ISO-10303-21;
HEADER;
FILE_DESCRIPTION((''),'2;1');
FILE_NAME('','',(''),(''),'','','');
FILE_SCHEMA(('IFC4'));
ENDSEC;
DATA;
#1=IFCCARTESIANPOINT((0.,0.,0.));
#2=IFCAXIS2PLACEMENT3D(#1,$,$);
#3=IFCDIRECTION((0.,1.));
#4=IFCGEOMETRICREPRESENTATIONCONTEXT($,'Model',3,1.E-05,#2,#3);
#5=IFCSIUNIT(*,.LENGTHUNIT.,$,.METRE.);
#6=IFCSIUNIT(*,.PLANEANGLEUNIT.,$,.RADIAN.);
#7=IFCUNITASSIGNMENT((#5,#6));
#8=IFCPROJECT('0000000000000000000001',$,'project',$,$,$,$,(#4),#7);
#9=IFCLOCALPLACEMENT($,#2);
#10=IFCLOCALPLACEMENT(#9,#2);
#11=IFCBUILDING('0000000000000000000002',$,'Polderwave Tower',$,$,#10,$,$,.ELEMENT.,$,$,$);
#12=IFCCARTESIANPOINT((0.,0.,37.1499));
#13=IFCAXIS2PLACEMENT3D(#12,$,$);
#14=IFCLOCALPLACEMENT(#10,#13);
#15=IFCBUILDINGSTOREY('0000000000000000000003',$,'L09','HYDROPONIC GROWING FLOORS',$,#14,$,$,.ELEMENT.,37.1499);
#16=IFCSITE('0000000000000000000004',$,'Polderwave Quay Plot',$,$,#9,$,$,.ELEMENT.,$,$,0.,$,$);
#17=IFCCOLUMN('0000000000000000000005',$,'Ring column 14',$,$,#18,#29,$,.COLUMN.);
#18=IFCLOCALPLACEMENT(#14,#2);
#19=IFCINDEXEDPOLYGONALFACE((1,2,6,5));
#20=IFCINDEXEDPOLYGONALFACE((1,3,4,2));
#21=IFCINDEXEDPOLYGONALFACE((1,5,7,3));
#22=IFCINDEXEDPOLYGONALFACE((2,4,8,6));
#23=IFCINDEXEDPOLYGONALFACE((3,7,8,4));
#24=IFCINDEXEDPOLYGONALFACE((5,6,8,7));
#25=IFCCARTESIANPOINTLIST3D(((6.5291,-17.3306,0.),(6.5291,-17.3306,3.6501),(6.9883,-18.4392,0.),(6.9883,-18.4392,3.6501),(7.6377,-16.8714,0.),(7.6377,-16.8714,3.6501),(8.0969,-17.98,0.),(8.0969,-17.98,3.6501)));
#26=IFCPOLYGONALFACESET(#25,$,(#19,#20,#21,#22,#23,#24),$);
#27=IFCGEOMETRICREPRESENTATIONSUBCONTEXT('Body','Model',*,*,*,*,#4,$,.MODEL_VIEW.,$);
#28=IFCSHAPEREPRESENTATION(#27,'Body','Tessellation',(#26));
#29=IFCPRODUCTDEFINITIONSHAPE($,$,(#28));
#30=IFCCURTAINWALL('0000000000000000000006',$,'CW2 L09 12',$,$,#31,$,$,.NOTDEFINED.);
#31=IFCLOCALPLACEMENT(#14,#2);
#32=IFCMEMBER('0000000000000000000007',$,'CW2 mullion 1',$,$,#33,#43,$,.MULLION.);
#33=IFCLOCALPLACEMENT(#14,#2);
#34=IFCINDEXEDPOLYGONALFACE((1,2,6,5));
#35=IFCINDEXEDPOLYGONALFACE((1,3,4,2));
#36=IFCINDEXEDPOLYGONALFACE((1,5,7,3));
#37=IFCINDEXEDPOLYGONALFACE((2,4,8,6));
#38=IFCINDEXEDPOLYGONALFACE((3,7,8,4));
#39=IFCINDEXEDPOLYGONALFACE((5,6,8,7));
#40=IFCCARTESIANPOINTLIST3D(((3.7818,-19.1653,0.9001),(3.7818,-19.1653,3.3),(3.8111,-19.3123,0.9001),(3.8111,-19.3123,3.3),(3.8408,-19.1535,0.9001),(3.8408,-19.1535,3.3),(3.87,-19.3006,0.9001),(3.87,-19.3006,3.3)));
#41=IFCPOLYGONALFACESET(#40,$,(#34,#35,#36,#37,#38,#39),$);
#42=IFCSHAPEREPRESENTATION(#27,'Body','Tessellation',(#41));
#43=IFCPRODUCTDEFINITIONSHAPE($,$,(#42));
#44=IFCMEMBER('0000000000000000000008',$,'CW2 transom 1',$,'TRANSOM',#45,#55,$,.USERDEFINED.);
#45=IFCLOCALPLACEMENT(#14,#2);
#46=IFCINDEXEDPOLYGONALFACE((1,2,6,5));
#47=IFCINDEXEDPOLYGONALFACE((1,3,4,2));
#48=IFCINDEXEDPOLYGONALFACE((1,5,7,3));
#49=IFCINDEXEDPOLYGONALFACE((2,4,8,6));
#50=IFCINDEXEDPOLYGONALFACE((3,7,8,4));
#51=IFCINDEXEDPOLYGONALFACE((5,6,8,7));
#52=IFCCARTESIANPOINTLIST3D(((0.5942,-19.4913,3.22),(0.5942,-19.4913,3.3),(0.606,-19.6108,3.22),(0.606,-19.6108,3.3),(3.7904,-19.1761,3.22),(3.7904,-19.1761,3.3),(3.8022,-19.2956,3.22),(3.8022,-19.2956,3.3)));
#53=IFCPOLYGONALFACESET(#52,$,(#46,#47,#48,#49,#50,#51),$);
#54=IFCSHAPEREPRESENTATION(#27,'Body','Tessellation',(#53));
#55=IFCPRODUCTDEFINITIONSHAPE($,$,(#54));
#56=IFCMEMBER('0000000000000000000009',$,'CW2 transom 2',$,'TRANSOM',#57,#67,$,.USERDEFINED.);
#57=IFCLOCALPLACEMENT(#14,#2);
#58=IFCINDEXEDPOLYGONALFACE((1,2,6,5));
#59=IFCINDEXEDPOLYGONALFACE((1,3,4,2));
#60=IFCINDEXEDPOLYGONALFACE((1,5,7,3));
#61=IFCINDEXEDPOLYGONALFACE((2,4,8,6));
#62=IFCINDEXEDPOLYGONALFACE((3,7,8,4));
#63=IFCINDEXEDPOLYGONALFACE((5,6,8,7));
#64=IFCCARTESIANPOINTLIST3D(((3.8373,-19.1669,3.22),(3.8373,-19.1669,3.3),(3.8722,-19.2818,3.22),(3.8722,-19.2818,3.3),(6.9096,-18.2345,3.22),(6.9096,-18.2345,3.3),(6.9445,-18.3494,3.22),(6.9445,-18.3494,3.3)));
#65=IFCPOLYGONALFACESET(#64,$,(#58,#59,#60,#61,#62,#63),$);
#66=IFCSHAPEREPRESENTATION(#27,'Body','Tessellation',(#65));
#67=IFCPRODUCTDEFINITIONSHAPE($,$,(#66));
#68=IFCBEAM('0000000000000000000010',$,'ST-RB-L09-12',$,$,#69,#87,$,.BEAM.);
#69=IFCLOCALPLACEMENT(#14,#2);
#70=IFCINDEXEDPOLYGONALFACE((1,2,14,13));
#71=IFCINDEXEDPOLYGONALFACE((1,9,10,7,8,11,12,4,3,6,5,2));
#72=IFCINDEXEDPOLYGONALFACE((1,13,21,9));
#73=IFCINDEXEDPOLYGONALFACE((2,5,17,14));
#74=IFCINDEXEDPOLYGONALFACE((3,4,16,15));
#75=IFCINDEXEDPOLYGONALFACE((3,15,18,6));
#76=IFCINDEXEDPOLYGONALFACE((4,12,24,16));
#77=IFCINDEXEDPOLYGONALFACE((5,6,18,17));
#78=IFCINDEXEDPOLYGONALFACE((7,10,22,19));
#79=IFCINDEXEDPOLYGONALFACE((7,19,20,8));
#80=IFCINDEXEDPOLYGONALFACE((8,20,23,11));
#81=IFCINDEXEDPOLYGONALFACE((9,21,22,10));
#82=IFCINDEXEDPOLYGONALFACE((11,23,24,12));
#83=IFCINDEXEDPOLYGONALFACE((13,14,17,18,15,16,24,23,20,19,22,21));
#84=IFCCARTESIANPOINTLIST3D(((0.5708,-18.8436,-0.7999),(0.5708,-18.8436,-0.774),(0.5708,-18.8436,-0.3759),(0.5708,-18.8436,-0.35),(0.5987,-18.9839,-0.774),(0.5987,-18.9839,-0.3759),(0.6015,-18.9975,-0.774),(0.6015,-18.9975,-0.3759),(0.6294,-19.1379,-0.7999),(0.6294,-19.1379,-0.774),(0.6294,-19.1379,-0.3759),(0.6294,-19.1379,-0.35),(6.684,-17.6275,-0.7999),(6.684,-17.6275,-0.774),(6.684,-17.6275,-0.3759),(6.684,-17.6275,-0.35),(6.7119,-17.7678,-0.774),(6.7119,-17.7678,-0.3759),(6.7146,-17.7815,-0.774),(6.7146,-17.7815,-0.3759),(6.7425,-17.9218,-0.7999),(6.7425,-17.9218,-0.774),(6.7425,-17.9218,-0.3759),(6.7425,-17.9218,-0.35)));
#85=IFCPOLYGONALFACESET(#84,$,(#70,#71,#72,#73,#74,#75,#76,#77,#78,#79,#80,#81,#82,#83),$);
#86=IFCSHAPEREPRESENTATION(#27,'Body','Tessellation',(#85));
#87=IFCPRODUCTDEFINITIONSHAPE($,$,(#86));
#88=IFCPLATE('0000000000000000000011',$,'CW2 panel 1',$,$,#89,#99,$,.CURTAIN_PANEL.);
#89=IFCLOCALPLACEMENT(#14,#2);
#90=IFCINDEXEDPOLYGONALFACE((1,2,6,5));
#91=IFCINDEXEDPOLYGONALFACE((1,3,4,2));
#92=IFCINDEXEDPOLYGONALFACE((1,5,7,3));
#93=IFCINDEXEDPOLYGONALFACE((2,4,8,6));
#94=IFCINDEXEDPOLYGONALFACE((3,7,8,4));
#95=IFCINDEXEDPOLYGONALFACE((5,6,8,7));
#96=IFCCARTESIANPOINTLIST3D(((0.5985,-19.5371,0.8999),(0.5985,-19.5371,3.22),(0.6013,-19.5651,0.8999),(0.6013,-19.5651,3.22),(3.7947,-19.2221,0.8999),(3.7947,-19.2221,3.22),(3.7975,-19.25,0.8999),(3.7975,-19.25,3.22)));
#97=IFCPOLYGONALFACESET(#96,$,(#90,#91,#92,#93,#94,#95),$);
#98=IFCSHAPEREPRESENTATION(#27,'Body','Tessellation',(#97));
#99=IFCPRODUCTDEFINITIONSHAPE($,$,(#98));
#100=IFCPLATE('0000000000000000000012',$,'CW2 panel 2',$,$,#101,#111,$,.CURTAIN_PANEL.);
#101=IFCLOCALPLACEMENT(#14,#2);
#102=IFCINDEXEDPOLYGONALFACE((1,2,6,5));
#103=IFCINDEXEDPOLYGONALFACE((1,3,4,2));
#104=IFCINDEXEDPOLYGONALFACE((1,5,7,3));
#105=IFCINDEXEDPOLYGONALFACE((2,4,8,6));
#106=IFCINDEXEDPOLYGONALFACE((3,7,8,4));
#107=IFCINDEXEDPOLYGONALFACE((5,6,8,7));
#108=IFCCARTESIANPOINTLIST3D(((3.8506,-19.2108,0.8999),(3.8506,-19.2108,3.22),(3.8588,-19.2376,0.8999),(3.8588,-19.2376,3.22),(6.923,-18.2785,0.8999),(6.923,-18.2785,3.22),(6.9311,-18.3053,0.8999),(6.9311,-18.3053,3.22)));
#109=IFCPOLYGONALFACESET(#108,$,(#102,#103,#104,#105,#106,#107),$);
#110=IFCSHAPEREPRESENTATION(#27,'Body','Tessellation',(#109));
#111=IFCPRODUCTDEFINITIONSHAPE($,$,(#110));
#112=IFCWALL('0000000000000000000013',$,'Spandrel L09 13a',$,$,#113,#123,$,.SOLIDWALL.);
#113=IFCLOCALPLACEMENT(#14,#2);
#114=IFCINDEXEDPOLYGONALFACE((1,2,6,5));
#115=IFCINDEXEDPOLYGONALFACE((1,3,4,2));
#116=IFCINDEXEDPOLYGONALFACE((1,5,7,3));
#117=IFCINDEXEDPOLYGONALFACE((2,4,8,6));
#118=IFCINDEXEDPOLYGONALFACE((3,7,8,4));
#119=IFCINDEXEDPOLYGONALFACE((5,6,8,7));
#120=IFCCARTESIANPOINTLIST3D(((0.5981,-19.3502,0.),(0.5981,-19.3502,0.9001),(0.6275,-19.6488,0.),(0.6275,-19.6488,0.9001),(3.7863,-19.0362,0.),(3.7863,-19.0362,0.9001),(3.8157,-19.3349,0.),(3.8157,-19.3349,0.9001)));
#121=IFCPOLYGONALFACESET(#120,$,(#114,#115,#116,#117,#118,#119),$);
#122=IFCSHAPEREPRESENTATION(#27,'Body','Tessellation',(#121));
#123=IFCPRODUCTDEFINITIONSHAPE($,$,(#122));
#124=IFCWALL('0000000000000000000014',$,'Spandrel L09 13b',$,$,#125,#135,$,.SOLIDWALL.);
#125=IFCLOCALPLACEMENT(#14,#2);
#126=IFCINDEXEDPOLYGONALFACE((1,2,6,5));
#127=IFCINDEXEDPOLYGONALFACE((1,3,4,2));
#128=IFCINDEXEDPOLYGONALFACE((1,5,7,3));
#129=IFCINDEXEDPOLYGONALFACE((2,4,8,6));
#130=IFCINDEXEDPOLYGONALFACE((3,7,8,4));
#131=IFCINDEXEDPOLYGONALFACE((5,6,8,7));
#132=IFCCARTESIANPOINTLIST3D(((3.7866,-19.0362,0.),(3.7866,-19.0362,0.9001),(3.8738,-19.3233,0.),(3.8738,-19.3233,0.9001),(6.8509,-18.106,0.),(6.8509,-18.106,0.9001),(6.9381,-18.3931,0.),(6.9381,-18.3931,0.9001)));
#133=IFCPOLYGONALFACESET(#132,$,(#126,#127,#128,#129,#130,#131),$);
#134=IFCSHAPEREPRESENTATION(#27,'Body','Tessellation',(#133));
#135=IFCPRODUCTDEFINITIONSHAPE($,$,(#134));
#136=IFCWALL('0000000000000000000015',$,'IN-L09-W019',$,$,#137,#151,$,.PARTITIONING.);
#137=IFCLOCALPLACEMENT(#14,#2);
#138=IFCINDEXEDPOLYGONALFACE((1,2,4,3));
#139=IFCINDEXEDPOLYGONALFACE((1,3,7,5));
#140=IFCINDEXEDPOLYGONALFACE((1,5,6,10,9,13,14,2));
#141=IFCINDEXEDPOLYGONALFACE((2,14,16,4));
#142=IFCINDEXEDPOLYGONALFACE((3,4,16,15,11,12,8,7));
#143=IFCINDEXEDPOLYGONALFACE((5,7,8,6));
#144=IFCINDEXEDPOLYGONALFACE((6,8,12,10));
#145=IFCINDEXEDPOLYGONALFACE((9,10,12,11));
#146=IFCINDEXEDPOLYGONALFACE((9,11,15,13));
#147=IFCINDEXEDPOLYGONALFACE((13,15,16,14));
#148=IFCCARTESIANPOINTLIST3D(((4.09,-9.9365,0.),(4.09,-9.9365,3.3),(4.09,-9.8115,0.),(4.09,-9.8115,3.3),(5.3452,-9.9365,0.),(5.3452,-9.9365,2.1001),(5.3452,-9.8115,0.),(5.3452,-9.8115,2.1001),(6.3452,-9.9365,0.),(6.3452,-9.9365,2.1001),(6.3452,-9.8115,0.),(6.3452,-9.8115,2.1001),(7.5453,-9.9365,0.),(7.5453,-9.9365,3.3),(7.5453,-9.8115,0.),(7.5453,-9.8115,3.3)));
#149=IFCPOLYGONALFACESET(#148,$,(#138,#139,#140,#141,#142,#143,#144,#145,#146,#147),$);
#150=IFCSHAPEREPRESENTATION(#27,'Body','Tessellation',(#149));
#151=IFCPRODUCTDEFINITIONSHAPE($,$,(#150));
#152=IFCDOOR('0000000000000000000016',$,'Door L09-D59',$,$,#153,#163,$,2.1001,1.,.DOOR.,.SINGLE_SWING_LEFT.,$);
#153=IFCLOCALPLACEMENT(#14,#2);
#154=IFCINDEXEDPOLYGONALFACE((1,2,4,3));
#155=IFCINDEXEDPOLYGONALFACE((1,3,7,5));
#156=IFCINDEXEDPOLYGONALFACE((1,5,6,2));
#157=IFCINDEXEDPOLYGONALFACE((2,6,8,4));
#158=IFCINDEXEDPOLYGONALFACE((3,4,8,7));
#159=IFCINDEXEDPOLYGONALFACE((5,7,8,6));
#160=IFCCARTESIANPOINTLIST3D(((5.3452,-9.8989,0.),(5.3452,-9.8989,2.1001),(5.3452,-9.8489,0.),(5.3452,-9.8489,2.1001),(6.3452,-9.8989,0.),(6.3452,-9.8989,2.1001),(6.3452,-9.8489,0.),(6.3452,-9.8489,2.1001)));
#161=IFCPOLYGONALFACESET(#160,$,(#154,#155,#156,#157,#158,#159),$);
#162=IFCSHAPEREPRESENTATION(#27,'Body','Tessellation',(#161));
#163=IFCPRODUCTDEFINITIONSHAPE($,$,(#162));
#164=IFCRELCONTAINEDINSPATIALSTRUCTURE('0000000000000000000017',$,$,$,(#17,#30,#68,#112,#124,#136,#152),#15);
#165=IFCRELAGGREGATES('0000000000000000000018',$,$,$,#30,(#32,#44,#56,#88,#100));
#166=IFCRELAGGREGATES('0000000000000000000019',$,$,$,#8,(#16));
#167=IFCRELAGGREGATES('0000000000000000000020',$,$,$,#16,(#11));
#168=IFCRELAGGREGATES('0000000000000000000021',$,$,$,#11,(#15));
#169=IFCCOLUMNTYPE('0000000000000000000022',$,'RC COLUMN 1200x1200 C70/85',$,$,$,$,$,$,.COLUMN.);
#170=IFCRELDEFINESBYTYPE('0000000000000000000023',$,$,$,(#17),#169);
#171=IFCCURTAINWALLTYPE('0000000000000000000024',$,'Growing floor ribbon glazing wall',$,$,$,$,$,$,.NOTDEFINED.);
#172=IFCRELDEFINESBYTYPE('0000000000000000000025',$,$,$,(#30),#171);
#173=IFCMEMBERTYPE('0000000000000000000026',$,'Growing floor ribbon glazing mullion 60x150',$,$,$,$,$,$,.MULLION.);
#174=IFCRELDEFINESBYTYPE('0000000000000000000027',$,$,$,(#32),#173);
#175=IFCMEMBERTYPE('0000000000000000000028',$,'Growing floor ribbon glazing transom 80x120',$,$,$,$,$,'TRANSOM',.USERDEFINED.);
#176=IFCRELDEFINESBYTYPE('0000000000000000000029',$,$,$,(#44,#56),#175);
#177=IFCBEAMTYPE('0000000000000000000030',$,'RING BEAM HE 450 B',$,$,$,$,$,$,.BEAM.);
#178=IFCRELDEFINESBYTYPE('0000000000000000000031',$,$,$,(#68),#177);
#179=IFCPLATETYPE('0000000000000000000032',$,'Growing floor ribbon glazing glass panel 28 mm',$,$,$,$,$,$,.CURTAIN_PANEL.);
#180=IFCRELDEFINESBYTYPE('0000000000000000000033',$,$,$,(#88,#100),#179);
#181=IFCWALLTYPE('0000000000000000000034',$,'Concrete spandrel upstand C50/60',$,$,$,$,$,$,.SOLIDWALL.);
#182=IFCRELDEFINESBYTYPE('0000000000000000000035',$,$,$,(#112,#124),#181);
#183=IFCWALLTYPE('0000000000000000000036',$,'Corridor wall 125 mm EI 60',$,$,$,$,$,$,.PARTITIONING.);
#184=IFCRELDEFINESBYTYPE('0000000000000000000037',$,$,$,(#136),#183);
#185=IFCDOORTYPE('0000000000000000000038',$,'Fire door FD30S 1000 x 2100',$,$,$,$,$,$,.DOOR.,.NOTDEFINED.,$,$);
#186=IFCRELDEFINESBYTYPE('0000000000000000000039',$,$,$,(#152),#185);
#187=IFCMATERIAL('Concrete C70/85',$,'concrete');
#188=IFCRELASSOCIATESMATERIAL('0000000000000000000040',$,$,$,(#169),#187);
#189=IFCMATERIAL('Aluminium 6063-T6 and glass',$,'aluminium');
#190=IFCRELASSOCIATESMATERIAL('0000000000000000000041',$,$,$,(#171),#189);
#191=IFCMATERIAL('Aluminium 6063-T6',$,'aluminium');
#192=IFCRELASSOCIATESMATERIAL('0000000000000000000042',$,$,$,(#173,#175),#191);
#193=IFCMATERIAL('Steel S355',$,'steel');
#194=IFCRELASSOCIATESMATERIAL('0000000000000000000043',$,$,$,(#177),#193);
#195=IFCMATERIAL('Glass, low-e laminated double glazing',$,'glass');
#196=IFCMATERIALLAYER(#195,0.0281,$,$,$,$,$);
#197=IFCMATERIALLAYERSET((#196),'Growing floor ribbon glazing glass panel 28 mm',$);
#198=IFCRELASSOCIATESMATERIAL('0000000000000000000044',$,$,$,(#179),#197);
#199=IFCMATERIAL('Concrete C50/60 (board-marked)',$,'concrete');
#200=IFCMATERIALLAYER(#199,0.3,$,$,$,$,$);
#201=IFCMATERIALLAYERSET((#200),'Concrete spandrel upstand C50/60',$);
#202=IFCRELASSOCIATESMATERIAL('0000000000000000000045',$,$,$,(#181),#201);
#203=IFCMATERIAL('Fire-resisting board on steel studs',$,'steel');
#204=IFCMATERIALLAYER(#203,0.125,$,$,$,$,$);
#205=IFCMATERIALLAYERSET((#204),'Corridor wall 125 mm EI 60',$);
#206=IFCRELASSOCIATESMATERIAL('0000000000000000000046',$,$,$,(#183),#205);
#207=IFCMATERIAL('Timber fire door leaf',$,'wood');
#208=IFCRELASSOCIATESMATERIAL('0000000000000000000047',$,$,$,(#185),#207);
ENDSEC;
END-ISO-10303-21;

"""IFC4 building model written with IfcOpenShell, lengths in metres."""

from ifc_helpers import new_model, si_unit, direction, frame, frame_2d, origin, origin_2d, place, context, subcontext, project, spatial, rectangle, i_section, extrude, material, layer, layer_set, material_profile, profile_set, type_object, element, fill, aggregate, save


model = new_model("IFC4")

# Units and contexts
model_context = context("Model", 3, precision=1e-05, world=origin(), true_north=direction((0.0, 1.0)))
body_context = subcontext(model_context, "Body", "Model", "MODEL_VIEW")
ifc_project = project(units=[si_unit("LENGTHUNIT", "METRE"), si_unit("PLANEANGLEUNIT", "RADIAN")], contexts=[model_context])

# Site, building, storey
site_placement = place(None, origin())
site = spatial("IfcSite", under=ifc_project, at=site_placement, Name="Polderwave Quay Plot", CompositionType="ELEMENT", RefElevation=0.0)
building_placement = place(site_placement, origin())
building = spatial("IfcBuilding", under=site, at=building_placement, Name="Polderwave Tower", CompositionType="ELEMENT")
storey_placement = place(building_placement, frame((0.0, 0.0, 37.1499)))
storey = spatial("IfcBuildingStorey", under=building, at=storey_placement, Name="L09", Description="HYDROPONIC GROWING FLOORS", CompositionType="ELEMENT", Elevation=37.1499)

# Column
ifc_material_1 = material(Name="Concrete C70/85", Category="concrete")
ifc_material_profile_1 = material_profile(ifc_material_1, rectangle(XDim=1.2, YDim=1.2, at=origin_2d()), Name="RC 1200x1200")
ifc_profile_set_1 = profile_set([ifc_material_profile_1], Name="Concrete C70/85")
column_type = type_object("IfcColumnType", Name="RC COLUMN 1200x1200 C70/85", PredefinedType="COLUMN", material=ifc_profile_set_1)
column_placement = place(storey_placement, frame((7.313, -17.6553, 0.0), z_axis=(0.0, 0.0, 1.0), x_axis=(0.382683, -0.92388, 0.0)))
element("IfcColumn", 1, at=column_placement, inside=storey, type_object=column_type, Name="Ring column 14", PredefinedType="COLUMN", context=body_context, shape_type="SweptSolid", body=[
    extrude(rectangle(XDim=1.2, YDim=1.2, at=origin_2d()), origin(), (0.0, 0.0, 1.0), 3.6501),
])

# Curtain wall, members
ifc_material_2 = material(Name="Aluminium 6063-T6 and glass", Category="aluminium")
curtain_wall_type = type_object("IfcCurtainWallType", Name="Growing floor ribbon glazing wall", PredefinedType="NOTDEFINED", material=ifc_material_2)
curtain_wall_placement = place(storey_placement, origin())
curtain_wall = element("IfcCurtainWall", 2, at=curtain_wall_placement, inside=storey, type_object=curtain_wall_type, Name="CW2 L09 12", PredefinedType="NOTDEFINED")
ifc_material_3 = material(Name="Aluminium 6063-T6", Category="aluminium")
ifc_material_profile_2 = material_profile(ifc_material_3, rectangle(XDim=0.1499, YDim=0.0601, at=origin_2d()), Name="AL 60x150")
ifc_profile_set_2 = profile_set([ifc_material_profile_2], Name="Aluminium 6063-T6")
member_type_1 = type_object("IfcMemberType", Name="Growing floor ribbon glazing mullion 60x150", PredefinedType="MULLION", material=ifc_profile_set_2)
member_1_placement = place(storey_placement, frame((3.8259, -19.2329, 0.9001), z_axis=(0.0, 0.0, 1.0), x_axis=(-0.195178, 0.980768, 0.0)))
member_1 = element("IfcMember", 3, at=member_1_placement, type_object=member_type_1, Name="CW2 mullion 1", PredefinedType="MULLION", context=body_context, shape_type="SweptSolid", body=[
    extrude(rectangle(XDim=0.1499, YDim=0.0601, at=origin_2d()), origin(), (0.0, 0.0, 1.0), 2.3999),
])
ifc_material_profile_3 = material_profile(ifc_material_3, rectangle(XDim=0.1201, YDim=0.0801, at=origin_2d()), Name="AL 80x120")
ifc_profile_set_3 = profile_set([ifc_material_profile_3], Name="Aluminium 6063-T6")
member_type_2 = type_object("IfcMemberType", Name="Growing floor ribbon glazing transom 80x120", ElementType="TRANSOM", PredefinedType="USERDEFINED", material=ifc_profile_set_3)
member_2_placement = place(storey_placement, frame((0.6001, -19.551, 3.26), z_axis=(0.995172, 0.098141, 0.0), x_axis=(-0.098141, 0.995172, 0.0)))
member_2 = element("IfcMember", 4, at=member_2_placement, type_object=member_type_2, Name="CW2 transom 1", ObjectType="TRANSOM", PredefinedType="USERDEFINED", context=body_context, shape_type="SweptSolid", body=[
    extrude(rectangle(XDim=0.1201, YDim=0.0801, at=origin_2d()), origin(), (0.0, 0.0, 1.0), 3.2117),
])
member_3_placement = place(storey_placement, frame((3.8547, -19.2244, 3.26), z_axis=(0.956905, 0.290402, 0.0), x_axis=(-0.290402, 0.956905, 0.0)))
member_3 = element("IfcMember", 5, at=member_3_placement, type_object=member_type_2, Name="CW2 transom 2", ObjectType="TRANSOM", PredefinedType="USERDEFINED", context=body_context, shape_type="SweptSolid", body=[
    extrude(rectangle(XDim=0.1201, YDim=0.0801, at=origin_2d()), origin(), (0.0, 0.0, 1.0), 3.2107),
])

# Beam
ifc_material_4 = material(Name="Steel S355", Category="steel")
ifc_material_profile_4 = material_profile(ifc_material_4, i_section(OverallWidth=0.3, OverallDepth=0.45, WebThickness=0.0139, FlangeThickness=0.0259, at=origin_2d()), Name="HE 450 B")
ifc_profile_set_4 = profile_set([ifc_material_profile_4], Name="Steel S355")
beam_type = type_object("IfcBeamType", Name="RING BEAM HE 450 B", PredefinedType="BEAM", material=ifc_profile_set_4)
beam_placement = place(storey_placement, frame((0.6001, -18.9907, -0.575), z_axis=(0.980782, 0.195107, 0.0), x_axis=(-0.195107, 0.980782, 0.0)))
element("IfcBeam", 6, at=beam_placement, inside=storey, type_object=beam_type, Name="ST-RB-L09-12", PredefinedType="BEAM", context=body_context, shape_type="SweptSolid", body=[
    extrude(i_section(OverallWidth=0.3, OverallDepth=0.45, WebThickness=0.0139, FlangeThickness=0.0259, at=origin_2d()), origin(), (0.0, 0.0, 1.0), 6.2329),
])

# Plates
ifc_material_5 = material(Name="Glass, low-e laminated double glazing", Category="glass")
ifc_layer_1 = layer(ifc_material_5, 0.0281)
ifc_layer_set_1 = layer_set([ifc_layer_1], Name="Growing floor ribbon glazing glass panel 28 mm")
plate_type = type_object("IfcPlateType", Name="Growing floor ribbon glazing glass panel 28 mm", PredefinedType="CURTAIN_PANEL", material=ifc_layer_set_1)
plate_1_placement = place(storey_placement, frame((2.198, -19.3936, 0.8999), z_axis=(0.0, 0.0, 1.0), x_axis=(0.995177, 0.098099, 0.0)))
plate_1 = element("IfcPlate", 7, at=plate_1_placement, type_object=plate_type, Name="CW2 panel 1", PredefinedType="CURTAIN_PANEL", context=body_context, shape_type="SweptSolid", body=[
    extrude(rectangle(XDim=3.2117, YDim=0.0281, at=origin_2d()), origin(), (0.0, 0.0, 1.0), 2.3201),
])
plate_2_placement = place(storey_placement, frame((5.3909, -18.7581, 0.8999), z_axis=(0.0, 0.0, 1.0), x_axis=(0.956913, 0.290375, 0.0)))
plate_2 = element("IfcPlate", 8, at=plate_2_placement, type_object=plate_type, Name="CW2 panel 2", PredefinedType="CURTAIN_PANEL", context=body_context, shape_type="SweptSolid", body=[
    extrude(rectangle(XDim=3.2107, YDim=0.0281, at=origin_2d()), origin(), (0.0, 0.0, 1.0), 2.3201),
])
aggregate(curtain_wall, [member_1, member_2, member_3, plate_1, plate_2])

# Walls
ifc_material_6 = material(Name="Concrete C50/60 (board-marked)", Category="concrete")
ifc_layer_2 = layer(ifc_material_6, 0.3)
ifc_layer_set_2 = layer_set([ifc_layer_2], Name="Concrete spandrel upstand C50/60")
wall_type_1 = type_object("IfcWallType", Name="Concrete spandrel upstand C50/60", PredefinedType="SOLIDWALL", material=ifc_layer_set_2)
wall_1_placement = place(storey_placement, frame((0.6128, -19.4995, 0.0), z_axis=(0.0, 0.0, 1.0), x_axis=(0.995186, 0.098002, 0.0)))
element("IfcWall", 9, at=wall_1_placement, inside=storey, type_object=wall_type_1, Name="Spandrel L09 13a", PredefinedType="SOLIDWALL", context=body_context, shape_type="SweptSolid", body=[
    extrude(rectangle(XDim=3.2036, YDim=0.3, at=frame_2d((1.6018, 0.0))), origin(), (0.0, 0.0, 1.0), 0.9001),
])
wall_2_placement = place(storey_placement, frame((3.8303, -19.1797, 0.0), z_axis=(0.0, 0.0, 1.0), x_axis=(0.956883, 0.290473, 0.0)))
element("IfcWall", 10, at=wall_2_placement, inside=storey, type_object=wall_type_1, Name="Spandrel L09 13b", PredefinedType="SOLIDWALL", context=body_context, shape_type="SweptSolid", body=[
    extrude(rectangle(XDim=3.2024, YDim=0.3, at=frame_2d((1.6011, 0.0))), origin(), (0.0, 0.0, 1.0), 0.9001),
])

# Wall, opening, door
ifc_material_7 = material(Name="Fire-resisting board on steel studs", Category="steel")
ifc_layer_3 = layer(ifc_material_7, 0.125)
ifc_layer_set_3 = layer_set([ifc_layer_3], Name="Corridor wall 125 mm EI 60")
wall_type_2 = type_object("IfcWallType", Name="Corridor wall 125 mm EI 60", PredefinedType="PARTITIONING", material=ifc_layer_set_3)
wall_3_placement = place(storey_placement, frame((7.5452, -9.874, 0.0), z_axis=(0.0, 0.0, 1.0), x_axis=(-1.0, 0.0, 0.0)))
wall_3 = element("IfcWall", 11, at=wall_3_placement, inside=storey, type_object=wall_type_2, Name="IN-L09-W019", PredefinedType="PARTITIONING", context=body_context, shape_type="SweptSolid", body=[
    extrude(rectangle(XDim=3.4553, YDim=0.125, at=frame_2d((1.7275, 0.0))), origin(), (0.0, 0.0, 1.0), 3.3),
])
opening_1_placement = place(wall_3_placement, frame((1.2, 0.0, 0.0)))
opening_1 = element("IfcOpeningElement", 12, at=opening_1_placement, cuts=wall_3, PredefinedType="OPENING", context=body_context, shape_type="SweptSolid", body=[
    extrude(rectangle(XDim=1.0, YDim=2.1001, at=frame_2d((0.5, 1.05))), frame((0.0, 0.0725, 0.0), z_axis=(0.0, -1.0, 0.0), x_axis=(1.0, 0.0, 0.0)), (0.0, 0.0, 1.0), 0.145),
])
ifc_material_8 = material(Name="Timber fire door leaf", Category="wood")
door_type_1 = type_object("IfcDoorType", Name="Fire door FD30S 1000 x 2100", OperationType="NOTDEFINED", PredefinedType="DOOR", material=ifc_material_8)
door_1_placement = place(opening_1_placement, origin())
door_1 = element("IfcDoor", 13, at=door_1_placement, inside=storey, type_object=door_type_1, Name="Door L09-D59", OperationType="SINGLE_SWING_LEFT", OverallHeight=2.1001, OverallWidth=1.0, PredefinedType="DOOR", context=body_context, shape_type="SweptSolid", body=[
    extrude(rectangle(XDim=1.0, YDim=2.1001, at=frame_2d((0.5, 1.05))), frame((0.0, 0.0249, 0.0), z_axis=(0.0, -1.0, 0.0), x_axis=(1.0, 0.0, 0.0)), (0.0, 0.0, 1.0), 0.05),
])
fill(opening_1, door_1)

save(model, "model.ifc")
